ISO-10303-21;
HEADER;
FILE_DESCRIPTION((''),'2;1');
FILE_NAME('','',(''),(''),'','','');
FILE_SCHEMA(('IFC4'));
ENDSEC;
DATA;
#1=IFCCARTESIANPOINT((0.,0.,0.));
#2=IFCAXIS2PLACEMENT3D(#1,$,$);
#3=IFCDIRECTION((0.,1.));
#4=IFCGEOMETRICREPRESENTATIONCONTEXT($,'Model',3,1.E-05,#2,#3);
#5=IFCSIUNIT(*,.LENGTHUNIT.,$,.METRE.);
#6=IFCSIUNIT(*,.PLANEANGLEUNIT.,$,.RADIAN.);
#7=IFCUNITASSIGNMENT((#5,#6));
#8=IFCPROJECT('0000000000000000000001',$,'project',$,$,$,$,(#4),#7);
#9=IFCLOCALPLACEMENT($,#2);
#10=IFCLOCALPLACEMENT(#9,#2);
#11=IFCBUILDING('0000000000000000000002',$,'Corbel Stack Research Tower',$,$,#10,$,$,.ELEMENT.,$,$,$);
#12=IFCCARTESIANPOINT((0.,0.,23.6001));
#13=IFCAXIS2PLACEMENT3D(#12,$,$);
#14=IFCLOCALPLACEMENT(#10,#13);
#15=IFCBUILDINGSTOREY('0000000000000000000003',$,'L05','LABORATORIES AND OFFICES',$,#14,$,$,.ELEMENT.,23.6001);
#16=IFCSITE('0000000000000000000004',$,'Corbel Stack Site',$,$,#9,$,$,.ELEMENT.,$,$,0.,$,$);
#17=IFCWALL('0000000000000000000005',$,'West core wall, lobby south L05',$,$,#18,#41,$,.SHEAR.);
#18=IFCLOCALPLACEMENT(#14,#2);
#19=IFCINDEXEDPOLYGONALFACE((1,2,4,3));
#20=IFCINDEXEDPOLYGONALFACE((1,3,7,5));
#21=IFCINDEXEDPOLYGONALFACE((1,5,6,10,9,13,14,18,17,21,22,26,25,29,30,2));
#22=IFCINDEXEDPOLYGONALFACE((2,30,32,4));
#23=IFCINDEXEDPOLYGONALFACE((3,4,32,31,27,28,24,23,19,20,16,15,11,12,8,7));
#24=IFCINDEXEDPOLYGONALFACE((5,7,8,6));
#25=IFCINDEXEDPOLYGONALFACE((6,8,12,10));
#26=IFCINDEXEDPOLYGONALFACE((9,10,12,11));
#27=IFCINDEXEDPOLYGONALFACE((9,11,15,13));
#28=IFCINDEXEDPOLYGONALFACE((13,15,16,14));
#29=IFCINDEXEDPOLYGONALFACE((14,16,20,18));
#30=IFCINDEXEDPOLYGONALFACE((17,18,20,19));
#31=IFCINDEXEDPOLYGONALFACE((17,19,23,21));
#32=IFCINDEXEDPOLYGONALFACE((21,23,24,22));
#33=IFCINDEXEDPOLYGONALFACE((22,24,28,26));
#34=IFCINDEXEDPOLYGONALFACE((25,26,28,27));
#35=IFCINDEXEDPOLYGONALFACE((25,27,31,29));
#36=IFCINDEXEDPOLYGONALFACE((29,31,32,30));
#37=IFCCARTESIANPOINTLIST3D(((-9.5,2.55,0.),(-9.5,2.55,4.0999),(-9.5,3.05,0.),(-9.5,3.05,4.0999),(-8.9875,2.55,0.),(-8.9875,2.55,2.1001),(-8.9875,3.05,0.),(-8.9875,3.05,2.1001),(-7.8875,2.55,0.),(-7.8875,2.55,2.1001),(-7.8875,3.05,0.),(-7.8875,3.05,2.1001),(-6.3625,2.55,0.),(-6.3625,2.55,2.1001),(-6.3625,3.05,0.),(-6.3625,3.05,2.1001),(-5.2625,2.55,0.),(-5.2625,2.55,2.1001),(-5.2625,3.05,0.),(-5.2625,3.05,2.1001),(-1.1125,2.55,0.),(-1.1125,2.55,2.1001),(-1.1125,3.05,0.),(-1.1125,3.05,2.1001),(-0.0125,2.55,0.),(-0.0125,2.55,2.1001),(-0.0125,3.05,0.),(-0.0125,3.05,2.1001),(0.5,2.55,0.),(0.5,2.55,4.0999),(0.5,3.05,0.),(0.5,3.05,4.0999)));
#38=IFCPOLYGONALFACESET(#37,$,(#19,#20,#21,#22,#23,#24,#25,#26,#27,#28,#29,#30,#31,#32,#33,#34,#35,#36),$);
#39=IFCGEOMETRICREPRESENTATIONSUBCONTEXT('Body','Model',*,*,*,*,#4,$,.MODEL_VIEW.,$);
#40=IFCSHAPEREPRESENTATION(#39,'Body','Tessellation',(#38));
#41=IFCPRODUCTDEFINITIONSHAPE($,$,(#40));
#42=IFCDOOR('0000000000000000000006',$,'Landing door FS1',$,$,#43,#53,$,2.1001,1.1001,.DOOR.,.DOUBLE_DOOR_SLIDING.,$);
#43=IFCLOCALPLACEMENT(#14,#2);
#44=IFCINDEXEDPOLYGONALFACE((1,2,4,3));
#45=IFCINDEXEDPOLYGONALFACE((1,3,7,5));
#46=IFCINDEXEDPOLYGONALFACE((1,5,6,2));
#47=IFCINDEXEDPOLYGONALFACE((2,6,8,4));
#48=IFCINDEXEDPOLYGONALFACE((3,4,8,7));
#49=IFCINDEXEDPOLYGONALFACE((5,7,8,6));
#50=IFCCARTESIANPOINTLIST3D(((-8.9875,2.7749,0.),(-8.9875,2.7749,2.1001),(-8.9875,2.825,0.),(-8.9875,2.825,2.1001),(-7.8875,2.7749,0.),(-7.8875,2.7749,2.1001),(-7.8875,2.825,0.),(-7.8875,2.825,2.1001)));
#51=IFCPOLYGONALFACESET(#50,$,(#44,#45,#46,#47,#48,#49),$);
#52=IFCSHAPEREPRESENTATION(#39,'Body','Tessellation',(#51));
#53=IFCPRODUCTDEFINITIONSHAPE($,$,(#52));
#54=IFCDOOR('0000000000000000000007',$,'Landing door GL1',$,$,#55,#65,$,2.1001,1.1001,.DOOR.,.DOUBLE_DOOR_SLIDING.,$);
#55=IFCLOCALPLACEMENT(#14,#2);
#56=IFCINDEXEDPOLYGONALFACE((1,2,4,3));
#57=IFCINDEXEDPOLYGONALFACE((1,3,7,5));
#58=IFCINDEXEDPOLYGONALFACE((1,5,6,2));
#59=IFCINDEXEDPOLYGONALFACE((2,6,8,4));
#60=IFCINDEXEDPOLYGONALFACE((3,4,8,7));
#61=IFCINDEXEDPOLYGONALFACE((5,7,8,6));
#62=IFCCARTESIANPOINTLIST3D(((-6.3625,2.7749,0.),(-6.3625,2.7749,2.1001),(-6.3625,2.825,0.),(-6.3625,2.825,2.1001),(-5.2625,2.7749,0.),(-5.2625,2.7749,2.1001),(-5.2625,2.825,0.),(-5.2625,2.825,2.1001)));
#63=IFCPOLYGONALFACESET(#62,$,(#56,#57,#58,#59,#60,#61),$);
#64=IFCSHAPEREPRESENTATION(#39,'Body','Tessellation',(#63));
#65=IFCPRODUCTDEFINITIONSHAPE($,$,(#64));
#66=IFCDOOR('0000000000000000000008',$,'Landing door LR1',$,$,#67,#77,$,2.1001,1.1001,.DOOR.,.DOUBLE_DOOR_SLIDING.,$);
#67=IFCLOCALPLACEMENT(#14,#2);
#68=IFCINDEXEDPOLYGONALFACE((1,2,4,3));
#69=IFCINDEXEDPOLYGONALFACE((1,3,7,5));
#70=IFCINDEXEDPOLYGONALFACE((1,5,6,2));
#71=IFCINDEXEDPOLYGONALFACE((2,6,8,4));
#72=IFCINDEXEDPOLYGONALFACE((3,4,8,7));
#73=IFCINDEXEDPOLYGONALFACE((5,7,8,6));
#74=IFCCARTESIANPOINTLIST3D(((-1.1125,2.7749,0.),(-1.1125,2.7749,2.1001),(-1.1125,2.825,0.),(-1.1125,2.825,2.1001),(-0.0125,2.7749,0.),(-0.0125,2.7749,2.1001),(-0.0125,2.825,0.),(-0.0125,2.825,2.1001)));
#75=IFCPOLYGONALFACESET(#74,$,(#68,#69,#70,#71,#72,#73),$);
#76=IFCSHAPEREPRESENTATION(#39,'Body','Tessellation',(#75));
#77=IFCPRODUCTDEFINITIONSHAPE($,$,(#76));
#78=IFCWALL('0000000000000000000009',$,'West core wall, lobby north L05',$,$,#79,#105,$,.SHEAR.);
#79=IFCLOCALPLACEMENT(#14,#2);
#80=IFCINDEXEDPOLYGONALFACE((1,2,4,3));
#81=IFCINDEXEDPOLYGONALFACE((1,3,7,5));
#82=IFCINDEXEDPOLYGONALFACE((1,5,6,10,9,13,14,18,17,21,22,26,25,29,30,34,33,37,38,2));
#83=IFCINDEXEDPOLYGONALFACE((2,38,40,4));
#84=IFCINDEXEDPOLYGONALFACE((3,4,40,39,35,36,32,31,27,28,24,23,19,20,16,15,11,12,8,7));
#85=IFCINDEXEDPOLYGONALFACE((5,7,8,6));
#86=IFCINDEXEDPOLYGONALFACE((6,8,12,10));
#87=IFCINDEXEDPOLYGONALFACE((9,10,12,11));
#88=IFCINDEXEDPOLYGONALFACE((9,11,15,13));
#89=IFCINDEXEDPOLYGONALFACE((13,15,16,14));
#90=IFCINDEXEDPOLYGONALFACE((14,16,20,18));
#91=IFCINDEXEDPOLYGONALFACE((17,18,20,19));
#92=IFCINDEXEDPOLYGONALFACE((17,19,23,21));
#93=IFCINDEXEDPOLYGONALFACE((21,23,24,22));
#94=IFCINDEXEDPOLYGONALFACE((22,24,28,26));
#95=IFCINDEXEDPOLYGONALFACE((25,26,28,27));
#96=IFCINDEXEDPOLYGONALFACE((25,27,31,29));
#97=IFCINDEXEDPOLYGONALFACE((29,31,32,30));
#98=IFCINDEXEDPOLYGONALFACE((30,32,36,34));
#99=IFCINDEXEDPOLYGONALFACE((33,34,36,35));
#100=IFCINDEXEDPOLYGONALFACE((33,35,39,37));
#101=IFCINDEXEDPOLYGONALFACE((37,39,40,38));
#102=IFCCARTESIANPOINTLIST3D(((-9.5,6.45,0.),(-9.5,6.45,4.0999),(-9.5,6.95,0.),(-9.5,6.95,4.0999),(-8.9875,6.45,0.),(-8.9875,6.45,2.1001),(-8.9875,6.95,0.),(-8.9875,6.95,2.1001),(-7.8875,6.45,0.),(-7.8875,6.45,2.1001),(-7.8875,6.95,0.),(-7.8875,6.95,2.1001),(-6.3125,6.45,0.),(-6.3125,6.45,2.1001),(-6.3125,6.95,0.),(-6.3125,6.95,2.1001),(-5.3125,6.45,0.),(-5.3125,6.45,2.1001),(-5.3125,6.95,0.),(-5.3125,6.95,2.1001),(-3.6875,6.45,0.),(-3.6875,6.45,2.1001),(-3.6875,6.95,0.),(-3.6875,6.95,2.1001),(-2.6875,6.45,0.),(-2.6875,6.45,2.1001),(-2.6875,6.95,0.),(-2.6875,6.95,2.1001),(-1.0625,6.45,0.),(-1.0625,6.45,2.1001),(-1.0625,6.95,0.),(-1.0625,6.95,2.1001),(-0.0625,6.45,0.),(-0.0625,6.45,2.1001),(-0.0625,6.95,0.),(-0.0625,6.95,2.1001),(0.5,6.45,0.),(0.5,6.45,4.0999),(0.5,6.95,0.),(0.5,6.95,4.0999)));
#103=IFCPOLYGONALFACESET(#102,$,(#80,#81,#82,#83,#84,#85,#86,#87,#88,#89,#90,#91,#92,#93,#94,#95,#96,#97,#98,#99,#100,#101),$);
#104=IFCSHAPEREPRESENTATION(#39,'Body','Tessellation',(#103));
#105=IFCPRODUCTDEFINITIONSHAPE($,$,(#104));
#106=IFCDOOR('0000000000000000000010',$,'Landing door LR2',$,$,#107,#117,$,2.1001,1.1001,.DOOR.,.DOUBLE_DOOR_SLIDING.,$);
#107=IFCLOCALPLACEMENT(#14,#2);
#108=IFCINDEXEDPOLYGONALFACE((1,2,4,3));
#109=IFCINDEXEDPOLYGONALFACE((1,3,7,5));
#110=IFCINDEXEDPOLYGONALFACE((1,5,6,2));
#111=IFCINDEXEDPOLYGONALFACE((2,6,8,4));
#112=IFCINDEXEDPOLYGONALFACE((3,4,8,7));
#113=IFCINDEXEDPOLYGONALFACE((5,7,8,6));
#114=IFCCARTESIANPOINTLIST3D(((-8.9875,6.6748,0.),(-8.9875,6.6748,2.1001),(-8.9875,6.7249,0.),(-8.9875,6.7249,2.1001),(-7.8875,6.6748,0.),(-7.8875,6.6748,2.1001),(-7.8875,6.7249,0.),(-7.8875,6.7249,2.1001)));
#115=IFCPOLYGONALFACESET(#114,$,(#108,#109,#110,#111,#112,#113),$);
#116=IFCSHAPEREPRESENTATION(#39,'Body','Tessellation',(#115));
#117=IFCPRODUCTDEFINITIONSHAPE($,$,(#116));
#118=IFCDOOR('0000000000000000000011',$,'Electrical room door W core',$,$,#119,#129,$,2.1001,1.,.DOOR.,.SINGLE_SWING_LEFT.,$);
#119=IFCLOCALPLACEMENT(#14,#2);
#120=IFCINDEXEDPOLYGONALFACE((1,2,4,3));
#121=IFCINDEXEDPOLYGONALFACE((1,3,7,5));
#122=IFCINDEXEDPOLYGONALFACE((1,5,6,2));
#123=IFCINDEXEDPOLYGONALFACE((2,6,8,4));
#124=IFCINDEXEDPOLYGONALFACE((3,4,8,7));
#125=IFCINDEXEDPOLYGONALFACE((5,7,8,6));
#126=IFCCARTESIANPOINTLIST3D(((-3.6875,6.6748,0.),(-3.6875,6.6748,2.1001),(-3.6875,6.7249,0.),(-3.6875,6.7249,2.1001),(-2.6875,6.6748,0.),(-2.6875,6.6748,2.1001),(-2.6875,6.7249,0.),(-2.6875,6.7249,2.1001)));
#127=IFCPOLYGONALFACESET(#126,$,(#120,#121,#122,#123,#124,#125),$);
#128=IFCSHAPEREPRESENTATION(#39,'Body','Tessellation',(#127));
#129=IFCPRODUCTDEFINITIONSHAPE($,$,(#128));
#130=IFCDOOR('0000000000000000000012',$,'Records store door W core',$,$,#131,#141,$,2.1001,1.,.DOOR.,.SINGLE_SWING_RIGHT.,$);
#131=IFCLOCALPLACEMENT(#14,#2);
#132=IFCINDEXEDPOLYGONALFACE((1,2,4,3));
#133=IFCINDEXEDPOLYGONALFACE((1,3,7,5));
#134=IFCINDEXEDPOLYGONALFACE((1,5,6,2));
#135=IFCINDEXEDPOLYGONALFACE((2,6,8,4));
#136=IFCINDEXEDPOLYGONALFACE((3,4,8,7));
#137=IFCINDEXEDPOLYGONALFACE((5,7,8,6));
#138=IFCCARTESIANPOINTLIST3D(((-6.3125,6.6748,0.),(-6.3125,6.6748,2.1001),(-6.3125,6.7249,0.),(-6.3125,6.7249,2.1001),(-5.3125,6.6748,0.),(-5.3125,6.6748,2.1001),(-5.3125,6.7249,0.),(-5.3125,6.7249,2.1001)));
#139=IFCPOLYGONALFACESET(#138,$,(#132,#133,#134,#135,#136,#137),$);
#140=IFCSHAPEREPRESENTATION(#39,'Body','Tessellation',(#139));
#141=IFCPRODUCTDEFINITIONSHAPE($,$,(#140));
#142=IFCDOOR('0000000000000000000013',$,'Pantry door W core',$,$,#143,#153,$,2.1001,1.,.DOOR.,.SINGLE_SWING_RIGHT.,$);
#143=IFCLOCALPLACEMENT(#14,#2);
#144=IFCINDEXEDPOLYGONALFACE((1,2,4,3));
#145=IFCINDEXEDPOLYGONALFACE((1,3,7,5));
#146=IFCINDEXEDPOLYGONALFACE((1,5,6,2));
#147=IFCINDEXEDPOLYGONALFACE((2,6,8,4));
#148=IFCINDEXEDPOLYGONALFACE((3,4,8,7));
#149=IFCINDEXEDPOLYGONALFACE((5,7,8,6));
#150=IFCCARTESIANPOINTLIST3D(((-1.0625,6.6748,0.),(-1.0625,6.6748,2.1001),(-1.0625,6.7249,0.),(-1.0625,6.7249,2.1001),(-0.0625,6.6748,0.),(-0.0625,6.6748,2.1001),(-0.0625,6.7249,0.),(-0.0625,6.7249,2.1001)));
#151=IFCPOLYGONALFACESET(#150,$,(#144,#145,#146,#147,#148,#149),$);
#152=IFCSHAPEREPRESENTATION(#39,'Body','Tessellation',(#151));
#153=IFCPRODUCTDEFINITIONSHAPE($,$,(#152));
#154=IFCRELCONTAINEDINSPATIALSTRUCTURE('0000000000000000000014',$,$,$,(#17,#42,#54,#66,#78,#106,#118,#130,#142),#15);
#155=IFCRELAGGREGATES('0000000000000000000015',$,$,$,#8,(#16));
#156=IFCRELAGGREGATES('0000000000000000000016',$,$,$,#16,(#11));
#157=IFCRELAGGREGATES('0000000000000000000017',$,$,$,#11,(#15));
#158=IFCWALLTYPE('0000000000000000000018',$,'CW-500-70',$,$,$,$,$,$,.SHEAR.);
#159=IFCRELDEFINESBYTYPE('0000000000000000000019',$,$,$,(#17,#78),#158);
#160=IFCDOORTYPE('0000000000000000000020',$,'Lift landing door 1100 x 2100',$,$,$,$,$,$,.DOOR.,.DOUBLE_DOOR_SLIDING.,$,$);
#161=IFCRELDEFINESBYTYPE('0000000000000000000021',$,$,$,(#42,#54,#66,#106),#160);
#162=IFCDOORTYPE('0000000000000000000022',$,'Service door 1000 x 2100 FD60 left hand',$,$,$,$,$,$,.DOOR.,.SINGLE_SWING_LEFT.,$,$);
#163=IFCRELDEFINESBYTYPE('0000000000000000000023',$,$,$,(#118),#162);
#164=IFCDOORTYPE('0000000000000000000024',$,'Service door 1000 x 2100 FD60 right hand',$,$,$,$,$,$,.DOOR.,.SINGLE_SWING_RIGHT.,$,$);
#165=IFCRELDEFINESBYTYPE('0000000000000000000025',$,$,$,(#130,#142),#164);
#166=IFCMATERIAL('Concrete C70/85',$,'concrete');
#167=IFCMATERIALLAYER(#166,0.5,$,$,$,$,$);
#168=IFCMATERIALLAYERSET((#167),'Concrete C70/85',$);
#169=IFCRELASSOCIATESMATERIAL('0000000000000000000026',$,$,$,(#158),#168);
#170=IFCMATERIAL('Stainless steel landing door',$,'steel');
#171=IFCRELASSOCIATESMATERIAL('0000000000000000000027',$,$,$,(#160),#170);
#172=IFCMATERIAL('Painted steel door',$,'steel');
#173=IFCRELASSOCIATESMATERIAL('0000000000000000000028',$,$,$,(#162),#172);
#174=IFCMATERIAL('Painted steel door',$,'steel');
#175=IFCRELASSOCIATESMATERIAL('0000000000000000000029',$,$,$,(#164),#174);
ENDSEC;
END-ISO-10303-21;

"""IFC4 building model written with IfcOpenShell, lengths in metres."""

from ifc_helpers import new_model, si_unit, direction, frame, frame_2d, origin, place, context, subcontext, project, spatial, rectangle, extrude, material, layer, layer_set, type_object, element, fill, save


model = new_model("IFC4")

# Units and contexts
model_context = context("Model", 3, precision=1e-05, world=origin(), true_north=direction((0.0, 1.0)))
body_context = subcontext(model_context, "Body", "Model", "MODEL_VIEW")
ifc_project = project(units=[si_unit("LENGTHUNIT", "METRE"), si_unit("PLANEANGLEUNIT", "RADIAN")], contexts=[model_context])

# Site, building, storey
site_placement = place(None, origin())
site = spatial("IfcSite", under=ifc_project, at=site_placement, Name="Corbel Stack Site", CompositionType="ELEMENT", RefElevation=0.0)
building_placement = place(site_placement, origin())
building = spatial("IfcBuilding", under=site, at=building_placement, Name="Corbel Stack Research Tower", CompositionType="ELEMENT")
storey_placement = place(building_placement, frame((0.0, 0.0, 23.6001)))
storey = spatial("IfcBuildingStorey", under=building, at=storey_placement, Name="L05", Description="LABORATORIES AND OFFICES", CompositionType="ELEMENT", Elevation=23.6001)

# Walls, openings, doors
ifc_material_1 = material(Name="Concrete C70/85", Category="concrete")
ifc_layer_1 = layer(ifc_material_1, 0.5)
ifc_layer_set_1 = layer_set([ifc_layer_1], Name="Concrete C70/85")
wall_type = type_object("IfcWallType", Name="CW-500-70", PredefinedType="SHEAR", material=ifc_layer_set_1)
wall_1_placement = place(storey_placement, frame((-9.5, 2.8, 0.0), z_axis=(0.0, 0.0, 1.0), x_axis=(1.0, 0.0, 0.0)))
wall_1 = element("IfcWall", 1, at=wall_1_placement, inside=storey, type_object=wall_type, Name="West core wall, lobby south L05", PredefinedType="SHEAR", context=body_context, shape_type="SweptSolid", body=[
    extrude(rectangle(XDim=10.0, YDim=0.5, at=frame_2d((5.0, 0.0))), origin(), (0.0, 0.0, 1.0), 4.0999),
])
opening_1_placement = place(wall_1_placement, frame((0.5125, 0.0, 0.0)))
opening_1 = element("IfcOpeningElement", 2, at=opening_1_placement, cuts=wall_1, PredefinedType="OPENING", context=body_context, shape_type="SweptSolid", body=[
    extrude(rectangle(XDim=1.1001, YDim=2.1001, at=frame_2d((0.55, 1.05))), frame((0.0, 0.26, 0.0), z_axis=(0.0, -1.0, 0.0), x_axis=(1.0, 0.0, 0.0)), (0.0, 0.0, 1.0), 0.52),
])
opening_2_placement = place(wall_1_placement, frame((3.1375, 0.0, 0.0)))
opening_2 = element("IfcOpeningElement", 3, at=opening_2_placement, cuts=wall_1, PredefinedType="OPENING", context=body_context, shape_type="SweptSolid", body=[
    extrude(rectangle(XDim=1.1001, YDim=2.1001, at=frame_2d((0.55, 1.05))), frame((0.0, 0.26, 0.0), z_axis=(0.0, -1.0, 0.0), x_axis=(1.0, 0.0, 0.0)), (0.0, 0.0, 1.0), 0.52),
])
opening_3_placement = place(wall_1_placement, frame((8.3875, 0.0, 0.0)))
opening_3 = element("IfcOpeningElement", 4, at=opening_3_placement, cuts=wall_1, PredefinedType="OPENING", context=body_context, shape_type="SweptSolid", body=[
    extrude(rectangle(XDim=1.1001, YDim=2.1001, at=frame_2d((0.55, 1.05))), frame((0.0, 0.26, 0.0), z_axis=(0.0, -1.0, 0.0), x_axis=(1.0, 0.0, 0.0)), (0.0, 0.0, 1.0), 0.52),
])
ifc_material_2 = material(Name="Stainless steel landing door", Category="steel")
door_type_1 = type_object("IfcDoorType", Name="Lift landing door 1100 x 2100", OperationType="DOUBLE_DOOR_SLIDING", PredefinedType="DOOR", material=ifc_material_2)
door_1_placement = place(opening_1_placement, origin())
door_1 = element("IfcDoor", 5, at=door_1_placement, inside=storey, type_object=door_type_1, Name="Landing door FS1", OperationType="DOUBLE_DOOR_SLIDING", OverallHeight=2.1001, OverallWidth=1.1001, PredefinedType="DOOR", context=body_context, shape_type="SweptSolid", body=[
    extrude(rectangle(XDim=1.1001, YDim=2.1001, at=frame_2d((0.55, 1.05))), frame((0.0, 0.0249, 0.0), z_axis=(0.0, -1.0, 0.0), x_axis=(1.0, 0.0, 0.0)), (0.0, 0.0, 1.0), 0.05),
])
fill(opening_1, door_1)
door_2_placement = place(opening_2_placement, origin())
door_2 = element("IfcDoor", 6, at=door_2_placement, inside=storey, type_object=door_type_1, Name="Landing door GL1", OperationType="DOUBLE_DOOR_SLIDING", OverallHeight=2.1001, OverallWidth=1.1001, PredefinedType="DOOR", context=body_context, shape_type="SweptSolid", body=[
    extrude(rectangle(XDim=1.1001, YDim=2.1001, at=frame_2d((0.55, 1.05))), frame((0.0, 0.0249, 0.0), z_axis=(0.0, -1.0, 0.0), x_axis=(1.0, 0.0, 0.0)), (0.0, 0.0, 1.0), 0.05),
])
fill(opening_2, door_2)
door_3_placement = place(opening_3_placement, origin())
door_3 = element("IfcDoor", 7, at=door_3_placement, inside=storey, type_object=door_type_1, Name="Landing door LR1", OperationType="DOUBLE_DOOR_SLIDING", OverallHeight=2.1001, OverallWidth=1.1001, PredefinedType="DOOR", context=body_context, shape_type="SweptSolid", body=[
    extrude(rectangle(XDim=1.1001, YDim=2.1001, at=frame_2d((0.55, 1.05))), frame((0.0, 0.0249, 0.0), z_axis=(0.0, -1.0, 0.0), x_axis=(1.0, 0.0, 0.0)), (0.0, 0.0, 1.0), 0.05),
])
fill(opening_3, door_3)
wall_2_placement = place(storey_placement, frame((-9.5, 6.7, 0.0), z_axis=(0.0, 0.0, 1.0), x_axis=(1.0, 0.0, 0.0)))
wall_2 = element("IfcWall", 8, at=wall_2_placement, inside=storey, type_object=wall_type, Name="West core wall, lobby north L05", PredefinedType="SHEAR", context=body_context, shape_type="SweptSolid", body=[
    extrude(rectangle(XDim=10.0, YDim=0.5, at=frame_2d((5.0, 0.0))), origin(), (0.0, 0.0, 1.0), 4.0999),
])
opening_4_placement = place(wall_2_placement, frame((0.5125, 0.0, 0.0)))
opening_4 = element("IfcOpeningElement", 9, at=opening_4_placement, cuts=wall_2, PredefinedType="OPENING", context=body_context, shape_type="SweptSolid", body=[
    extrude(rectangle(XDim=1.1001, YDim=2.1001, at=frame_2d((0.55, 1.05))), frame((0.0, 0.26, 0.0), z_axis=(0.0, -1.0, 0.0), x_axis=(1.0, 0.0, 0.0)), (0.0, 0.0, 1.0), 0.52),
])
opening_5_placement = place(wall_2_placement, frame((3.1875, 0.0, 0.0)))
opening_5 = element("IfcOpeningElement", 10, at=opening_5_placement, cuts=wall_2, PredefinedType="OPENING", context=body_context, shape_type="SweptSolid", body=[
    extrude(rectangle(XDim=1.0, YDim=2.1001, at=frame_2d((0.5, 1.05))), frame((0.0, 0.26, 0.0), z_axis=(0.0, -1.0, 0.0), x_axis=(1.0, 0.0, 0.0)), (0.0, 0.0, 1.0), 0.52),
])
opening_6_placement = place(wall_2_placement, frame((5.8125, 0.0, 0.0)))
opening_6 = element("IfcOpeningElement", 11, at=opening_6_placement, cuts=wall_2, PredefinedType="OPENING", context=body_context, shape_type="SweptSolid", body=[
    extrude(rectangle(XDim=1.0, YDim=2.1001, at=frame_2d((0.5, 1.05))), frame((0.0, 0.26, 0.0), z_axis=(0.0, -1.0, 0.0), x_axis=(1.0, 0.0, 0.0)), (0.0, 0.0, 1.0), 0.52),
])
opening_7_placement = place(wall_2_placement, frame((8.4375, 0.0, 0.0)))
opening_7 = element("IfcOpeningElement", 12, at=opening_7_placement, cuts=wall_2, PredefinedType="OPENING", context=body_context, shape_type="SweptSolid", body=[
    extrude(rectangle(XDim=1.0, YDim=2.1001, at=frame_2d((0.5, 1.05))), frame((0.0, 0.26, 0.0), z_axis=(0.0, -1.0, 0.0), x_axis=(1.0, 0.0, 0.0)), (0.0, 0.0, 1.0), 0.52),
])
door_4_placement = place(opening_4_placement, origin())
door_4 = element("IfcDoor", 13, at=door_4_placement, inside=storey, type_object=door_type_1, Name="Landing door LR2", OperationType="DOUBLE_DOOR_SLIDING", OverallHeight=2.1001, OverallWidth=1.1001, PredefinedType="DOOR", context=body_context, shape_type="SweptSolid", body=[
    extrude(rectangle(XDim=1.1001, YDim=2.1001, at=frame_2d((0.55, 1.05))), frame((0.0, 0.0249, 0.0), z_axis=(0.0, -1.0, 0.0), x_axis=(1.0, 0.0, 0.0)), (0.0, 0.0, 1.0), 0.05),
])
fill(opening_4, door_4)
ifc_material_3 = material(Name="Painted steel door", Category="steel")
door_type_2 = type_object("IfcDoorType", Name="Service door 1000 x 2100 FD60 left hand", OperationType="SINGLE_SWING_LEFT", PredefinedType="DOOR", material=ifc_material_3)
door_5_placement = place(opening_6_placement, origin())
door_5 = element("IfcDoor", 14, at=door_5_placement, inside=storey, type_object=door_type_2, Name="Electrical room door W core", OperationType="SINGLE_SWING_LEFT", OverallHeight=2.1001, OverallWidth=1.0, PredefinedType="DOOR", context=body_context, shape_type="SweptSolid", body=[
    extrude(rectangle(XDim=1.0, YDim=2.1001, at=frame_2d((0.5, 1.05))), frame((0.0, 0.0249, 0.0), z_axis=(0.0, -1.0, 0.0), x_axis=(1.0, 0.0, 0.0)), (0.0, 0.0, 1.0), 0.05),
])
fill(opening_6, door_5)
ifc_material_4 = material(Name="Painted steel door", Category="steel")
door_type_3 = type_object("IfcDoorType", Name="Service door 1000 x 2100 FD60 right hand", OperationType="SINGLE_SWING_RIGHT", PredefinedType="DOOR", material=ifc_material_4)
door_6_placement = place(opening_5_placement, origin())
door_6 = element("IfcDoor", 15, at=door_6_placement, inside=storey, type_object=door_type_3, Name="Records store door W core", OperationType="SINGLE_SWING_RIGHT", OverallHeight=2.1001, OverallWidth=1.0, PredefinedType="DOOR", context=body_context, shape_type="SweptSolid", body=[
    extrude(rectangle(XDim=1.0, YDim=2.1001, at=frame_2d((0.5, 1.05))), frame((0.0, 0.0249, 0.0), z_axis=(0.0, -1.0, 0.0), x_axis=(1.0, 0.0, 0.0)), (0.0, 0.0, 1.0), 0.05),
])
fill(opening_5, door_6)
door_7_placement = place(opening_7_placement, origin())
door_7 = element("IfcDoor", 16, at=door_7_placement, inside=storey, type_object=door_type_3, Name="Pantry door W core", OperationType="SINGLE_SWING_RIGHT", OverallHeight=2.1001, OverallWidth=1.0, PredefinedType="DOOR", context=body_context, shape_type="SweptSolid", body=[
    extrude(rectangle(XDim=1.0, YDim=2.1001, at=frame_2d((0.5, 1.05))), frame((0.0, 0.0249, 0.0), z_axis=(0.0, -1.0, 0.0), x_axis=(1.0, 0.0, 0.0)), (0.0, 0.0, 1.0), 0.05),
])
fill(opening_7, door_7)

save(model, "model.ifc")
